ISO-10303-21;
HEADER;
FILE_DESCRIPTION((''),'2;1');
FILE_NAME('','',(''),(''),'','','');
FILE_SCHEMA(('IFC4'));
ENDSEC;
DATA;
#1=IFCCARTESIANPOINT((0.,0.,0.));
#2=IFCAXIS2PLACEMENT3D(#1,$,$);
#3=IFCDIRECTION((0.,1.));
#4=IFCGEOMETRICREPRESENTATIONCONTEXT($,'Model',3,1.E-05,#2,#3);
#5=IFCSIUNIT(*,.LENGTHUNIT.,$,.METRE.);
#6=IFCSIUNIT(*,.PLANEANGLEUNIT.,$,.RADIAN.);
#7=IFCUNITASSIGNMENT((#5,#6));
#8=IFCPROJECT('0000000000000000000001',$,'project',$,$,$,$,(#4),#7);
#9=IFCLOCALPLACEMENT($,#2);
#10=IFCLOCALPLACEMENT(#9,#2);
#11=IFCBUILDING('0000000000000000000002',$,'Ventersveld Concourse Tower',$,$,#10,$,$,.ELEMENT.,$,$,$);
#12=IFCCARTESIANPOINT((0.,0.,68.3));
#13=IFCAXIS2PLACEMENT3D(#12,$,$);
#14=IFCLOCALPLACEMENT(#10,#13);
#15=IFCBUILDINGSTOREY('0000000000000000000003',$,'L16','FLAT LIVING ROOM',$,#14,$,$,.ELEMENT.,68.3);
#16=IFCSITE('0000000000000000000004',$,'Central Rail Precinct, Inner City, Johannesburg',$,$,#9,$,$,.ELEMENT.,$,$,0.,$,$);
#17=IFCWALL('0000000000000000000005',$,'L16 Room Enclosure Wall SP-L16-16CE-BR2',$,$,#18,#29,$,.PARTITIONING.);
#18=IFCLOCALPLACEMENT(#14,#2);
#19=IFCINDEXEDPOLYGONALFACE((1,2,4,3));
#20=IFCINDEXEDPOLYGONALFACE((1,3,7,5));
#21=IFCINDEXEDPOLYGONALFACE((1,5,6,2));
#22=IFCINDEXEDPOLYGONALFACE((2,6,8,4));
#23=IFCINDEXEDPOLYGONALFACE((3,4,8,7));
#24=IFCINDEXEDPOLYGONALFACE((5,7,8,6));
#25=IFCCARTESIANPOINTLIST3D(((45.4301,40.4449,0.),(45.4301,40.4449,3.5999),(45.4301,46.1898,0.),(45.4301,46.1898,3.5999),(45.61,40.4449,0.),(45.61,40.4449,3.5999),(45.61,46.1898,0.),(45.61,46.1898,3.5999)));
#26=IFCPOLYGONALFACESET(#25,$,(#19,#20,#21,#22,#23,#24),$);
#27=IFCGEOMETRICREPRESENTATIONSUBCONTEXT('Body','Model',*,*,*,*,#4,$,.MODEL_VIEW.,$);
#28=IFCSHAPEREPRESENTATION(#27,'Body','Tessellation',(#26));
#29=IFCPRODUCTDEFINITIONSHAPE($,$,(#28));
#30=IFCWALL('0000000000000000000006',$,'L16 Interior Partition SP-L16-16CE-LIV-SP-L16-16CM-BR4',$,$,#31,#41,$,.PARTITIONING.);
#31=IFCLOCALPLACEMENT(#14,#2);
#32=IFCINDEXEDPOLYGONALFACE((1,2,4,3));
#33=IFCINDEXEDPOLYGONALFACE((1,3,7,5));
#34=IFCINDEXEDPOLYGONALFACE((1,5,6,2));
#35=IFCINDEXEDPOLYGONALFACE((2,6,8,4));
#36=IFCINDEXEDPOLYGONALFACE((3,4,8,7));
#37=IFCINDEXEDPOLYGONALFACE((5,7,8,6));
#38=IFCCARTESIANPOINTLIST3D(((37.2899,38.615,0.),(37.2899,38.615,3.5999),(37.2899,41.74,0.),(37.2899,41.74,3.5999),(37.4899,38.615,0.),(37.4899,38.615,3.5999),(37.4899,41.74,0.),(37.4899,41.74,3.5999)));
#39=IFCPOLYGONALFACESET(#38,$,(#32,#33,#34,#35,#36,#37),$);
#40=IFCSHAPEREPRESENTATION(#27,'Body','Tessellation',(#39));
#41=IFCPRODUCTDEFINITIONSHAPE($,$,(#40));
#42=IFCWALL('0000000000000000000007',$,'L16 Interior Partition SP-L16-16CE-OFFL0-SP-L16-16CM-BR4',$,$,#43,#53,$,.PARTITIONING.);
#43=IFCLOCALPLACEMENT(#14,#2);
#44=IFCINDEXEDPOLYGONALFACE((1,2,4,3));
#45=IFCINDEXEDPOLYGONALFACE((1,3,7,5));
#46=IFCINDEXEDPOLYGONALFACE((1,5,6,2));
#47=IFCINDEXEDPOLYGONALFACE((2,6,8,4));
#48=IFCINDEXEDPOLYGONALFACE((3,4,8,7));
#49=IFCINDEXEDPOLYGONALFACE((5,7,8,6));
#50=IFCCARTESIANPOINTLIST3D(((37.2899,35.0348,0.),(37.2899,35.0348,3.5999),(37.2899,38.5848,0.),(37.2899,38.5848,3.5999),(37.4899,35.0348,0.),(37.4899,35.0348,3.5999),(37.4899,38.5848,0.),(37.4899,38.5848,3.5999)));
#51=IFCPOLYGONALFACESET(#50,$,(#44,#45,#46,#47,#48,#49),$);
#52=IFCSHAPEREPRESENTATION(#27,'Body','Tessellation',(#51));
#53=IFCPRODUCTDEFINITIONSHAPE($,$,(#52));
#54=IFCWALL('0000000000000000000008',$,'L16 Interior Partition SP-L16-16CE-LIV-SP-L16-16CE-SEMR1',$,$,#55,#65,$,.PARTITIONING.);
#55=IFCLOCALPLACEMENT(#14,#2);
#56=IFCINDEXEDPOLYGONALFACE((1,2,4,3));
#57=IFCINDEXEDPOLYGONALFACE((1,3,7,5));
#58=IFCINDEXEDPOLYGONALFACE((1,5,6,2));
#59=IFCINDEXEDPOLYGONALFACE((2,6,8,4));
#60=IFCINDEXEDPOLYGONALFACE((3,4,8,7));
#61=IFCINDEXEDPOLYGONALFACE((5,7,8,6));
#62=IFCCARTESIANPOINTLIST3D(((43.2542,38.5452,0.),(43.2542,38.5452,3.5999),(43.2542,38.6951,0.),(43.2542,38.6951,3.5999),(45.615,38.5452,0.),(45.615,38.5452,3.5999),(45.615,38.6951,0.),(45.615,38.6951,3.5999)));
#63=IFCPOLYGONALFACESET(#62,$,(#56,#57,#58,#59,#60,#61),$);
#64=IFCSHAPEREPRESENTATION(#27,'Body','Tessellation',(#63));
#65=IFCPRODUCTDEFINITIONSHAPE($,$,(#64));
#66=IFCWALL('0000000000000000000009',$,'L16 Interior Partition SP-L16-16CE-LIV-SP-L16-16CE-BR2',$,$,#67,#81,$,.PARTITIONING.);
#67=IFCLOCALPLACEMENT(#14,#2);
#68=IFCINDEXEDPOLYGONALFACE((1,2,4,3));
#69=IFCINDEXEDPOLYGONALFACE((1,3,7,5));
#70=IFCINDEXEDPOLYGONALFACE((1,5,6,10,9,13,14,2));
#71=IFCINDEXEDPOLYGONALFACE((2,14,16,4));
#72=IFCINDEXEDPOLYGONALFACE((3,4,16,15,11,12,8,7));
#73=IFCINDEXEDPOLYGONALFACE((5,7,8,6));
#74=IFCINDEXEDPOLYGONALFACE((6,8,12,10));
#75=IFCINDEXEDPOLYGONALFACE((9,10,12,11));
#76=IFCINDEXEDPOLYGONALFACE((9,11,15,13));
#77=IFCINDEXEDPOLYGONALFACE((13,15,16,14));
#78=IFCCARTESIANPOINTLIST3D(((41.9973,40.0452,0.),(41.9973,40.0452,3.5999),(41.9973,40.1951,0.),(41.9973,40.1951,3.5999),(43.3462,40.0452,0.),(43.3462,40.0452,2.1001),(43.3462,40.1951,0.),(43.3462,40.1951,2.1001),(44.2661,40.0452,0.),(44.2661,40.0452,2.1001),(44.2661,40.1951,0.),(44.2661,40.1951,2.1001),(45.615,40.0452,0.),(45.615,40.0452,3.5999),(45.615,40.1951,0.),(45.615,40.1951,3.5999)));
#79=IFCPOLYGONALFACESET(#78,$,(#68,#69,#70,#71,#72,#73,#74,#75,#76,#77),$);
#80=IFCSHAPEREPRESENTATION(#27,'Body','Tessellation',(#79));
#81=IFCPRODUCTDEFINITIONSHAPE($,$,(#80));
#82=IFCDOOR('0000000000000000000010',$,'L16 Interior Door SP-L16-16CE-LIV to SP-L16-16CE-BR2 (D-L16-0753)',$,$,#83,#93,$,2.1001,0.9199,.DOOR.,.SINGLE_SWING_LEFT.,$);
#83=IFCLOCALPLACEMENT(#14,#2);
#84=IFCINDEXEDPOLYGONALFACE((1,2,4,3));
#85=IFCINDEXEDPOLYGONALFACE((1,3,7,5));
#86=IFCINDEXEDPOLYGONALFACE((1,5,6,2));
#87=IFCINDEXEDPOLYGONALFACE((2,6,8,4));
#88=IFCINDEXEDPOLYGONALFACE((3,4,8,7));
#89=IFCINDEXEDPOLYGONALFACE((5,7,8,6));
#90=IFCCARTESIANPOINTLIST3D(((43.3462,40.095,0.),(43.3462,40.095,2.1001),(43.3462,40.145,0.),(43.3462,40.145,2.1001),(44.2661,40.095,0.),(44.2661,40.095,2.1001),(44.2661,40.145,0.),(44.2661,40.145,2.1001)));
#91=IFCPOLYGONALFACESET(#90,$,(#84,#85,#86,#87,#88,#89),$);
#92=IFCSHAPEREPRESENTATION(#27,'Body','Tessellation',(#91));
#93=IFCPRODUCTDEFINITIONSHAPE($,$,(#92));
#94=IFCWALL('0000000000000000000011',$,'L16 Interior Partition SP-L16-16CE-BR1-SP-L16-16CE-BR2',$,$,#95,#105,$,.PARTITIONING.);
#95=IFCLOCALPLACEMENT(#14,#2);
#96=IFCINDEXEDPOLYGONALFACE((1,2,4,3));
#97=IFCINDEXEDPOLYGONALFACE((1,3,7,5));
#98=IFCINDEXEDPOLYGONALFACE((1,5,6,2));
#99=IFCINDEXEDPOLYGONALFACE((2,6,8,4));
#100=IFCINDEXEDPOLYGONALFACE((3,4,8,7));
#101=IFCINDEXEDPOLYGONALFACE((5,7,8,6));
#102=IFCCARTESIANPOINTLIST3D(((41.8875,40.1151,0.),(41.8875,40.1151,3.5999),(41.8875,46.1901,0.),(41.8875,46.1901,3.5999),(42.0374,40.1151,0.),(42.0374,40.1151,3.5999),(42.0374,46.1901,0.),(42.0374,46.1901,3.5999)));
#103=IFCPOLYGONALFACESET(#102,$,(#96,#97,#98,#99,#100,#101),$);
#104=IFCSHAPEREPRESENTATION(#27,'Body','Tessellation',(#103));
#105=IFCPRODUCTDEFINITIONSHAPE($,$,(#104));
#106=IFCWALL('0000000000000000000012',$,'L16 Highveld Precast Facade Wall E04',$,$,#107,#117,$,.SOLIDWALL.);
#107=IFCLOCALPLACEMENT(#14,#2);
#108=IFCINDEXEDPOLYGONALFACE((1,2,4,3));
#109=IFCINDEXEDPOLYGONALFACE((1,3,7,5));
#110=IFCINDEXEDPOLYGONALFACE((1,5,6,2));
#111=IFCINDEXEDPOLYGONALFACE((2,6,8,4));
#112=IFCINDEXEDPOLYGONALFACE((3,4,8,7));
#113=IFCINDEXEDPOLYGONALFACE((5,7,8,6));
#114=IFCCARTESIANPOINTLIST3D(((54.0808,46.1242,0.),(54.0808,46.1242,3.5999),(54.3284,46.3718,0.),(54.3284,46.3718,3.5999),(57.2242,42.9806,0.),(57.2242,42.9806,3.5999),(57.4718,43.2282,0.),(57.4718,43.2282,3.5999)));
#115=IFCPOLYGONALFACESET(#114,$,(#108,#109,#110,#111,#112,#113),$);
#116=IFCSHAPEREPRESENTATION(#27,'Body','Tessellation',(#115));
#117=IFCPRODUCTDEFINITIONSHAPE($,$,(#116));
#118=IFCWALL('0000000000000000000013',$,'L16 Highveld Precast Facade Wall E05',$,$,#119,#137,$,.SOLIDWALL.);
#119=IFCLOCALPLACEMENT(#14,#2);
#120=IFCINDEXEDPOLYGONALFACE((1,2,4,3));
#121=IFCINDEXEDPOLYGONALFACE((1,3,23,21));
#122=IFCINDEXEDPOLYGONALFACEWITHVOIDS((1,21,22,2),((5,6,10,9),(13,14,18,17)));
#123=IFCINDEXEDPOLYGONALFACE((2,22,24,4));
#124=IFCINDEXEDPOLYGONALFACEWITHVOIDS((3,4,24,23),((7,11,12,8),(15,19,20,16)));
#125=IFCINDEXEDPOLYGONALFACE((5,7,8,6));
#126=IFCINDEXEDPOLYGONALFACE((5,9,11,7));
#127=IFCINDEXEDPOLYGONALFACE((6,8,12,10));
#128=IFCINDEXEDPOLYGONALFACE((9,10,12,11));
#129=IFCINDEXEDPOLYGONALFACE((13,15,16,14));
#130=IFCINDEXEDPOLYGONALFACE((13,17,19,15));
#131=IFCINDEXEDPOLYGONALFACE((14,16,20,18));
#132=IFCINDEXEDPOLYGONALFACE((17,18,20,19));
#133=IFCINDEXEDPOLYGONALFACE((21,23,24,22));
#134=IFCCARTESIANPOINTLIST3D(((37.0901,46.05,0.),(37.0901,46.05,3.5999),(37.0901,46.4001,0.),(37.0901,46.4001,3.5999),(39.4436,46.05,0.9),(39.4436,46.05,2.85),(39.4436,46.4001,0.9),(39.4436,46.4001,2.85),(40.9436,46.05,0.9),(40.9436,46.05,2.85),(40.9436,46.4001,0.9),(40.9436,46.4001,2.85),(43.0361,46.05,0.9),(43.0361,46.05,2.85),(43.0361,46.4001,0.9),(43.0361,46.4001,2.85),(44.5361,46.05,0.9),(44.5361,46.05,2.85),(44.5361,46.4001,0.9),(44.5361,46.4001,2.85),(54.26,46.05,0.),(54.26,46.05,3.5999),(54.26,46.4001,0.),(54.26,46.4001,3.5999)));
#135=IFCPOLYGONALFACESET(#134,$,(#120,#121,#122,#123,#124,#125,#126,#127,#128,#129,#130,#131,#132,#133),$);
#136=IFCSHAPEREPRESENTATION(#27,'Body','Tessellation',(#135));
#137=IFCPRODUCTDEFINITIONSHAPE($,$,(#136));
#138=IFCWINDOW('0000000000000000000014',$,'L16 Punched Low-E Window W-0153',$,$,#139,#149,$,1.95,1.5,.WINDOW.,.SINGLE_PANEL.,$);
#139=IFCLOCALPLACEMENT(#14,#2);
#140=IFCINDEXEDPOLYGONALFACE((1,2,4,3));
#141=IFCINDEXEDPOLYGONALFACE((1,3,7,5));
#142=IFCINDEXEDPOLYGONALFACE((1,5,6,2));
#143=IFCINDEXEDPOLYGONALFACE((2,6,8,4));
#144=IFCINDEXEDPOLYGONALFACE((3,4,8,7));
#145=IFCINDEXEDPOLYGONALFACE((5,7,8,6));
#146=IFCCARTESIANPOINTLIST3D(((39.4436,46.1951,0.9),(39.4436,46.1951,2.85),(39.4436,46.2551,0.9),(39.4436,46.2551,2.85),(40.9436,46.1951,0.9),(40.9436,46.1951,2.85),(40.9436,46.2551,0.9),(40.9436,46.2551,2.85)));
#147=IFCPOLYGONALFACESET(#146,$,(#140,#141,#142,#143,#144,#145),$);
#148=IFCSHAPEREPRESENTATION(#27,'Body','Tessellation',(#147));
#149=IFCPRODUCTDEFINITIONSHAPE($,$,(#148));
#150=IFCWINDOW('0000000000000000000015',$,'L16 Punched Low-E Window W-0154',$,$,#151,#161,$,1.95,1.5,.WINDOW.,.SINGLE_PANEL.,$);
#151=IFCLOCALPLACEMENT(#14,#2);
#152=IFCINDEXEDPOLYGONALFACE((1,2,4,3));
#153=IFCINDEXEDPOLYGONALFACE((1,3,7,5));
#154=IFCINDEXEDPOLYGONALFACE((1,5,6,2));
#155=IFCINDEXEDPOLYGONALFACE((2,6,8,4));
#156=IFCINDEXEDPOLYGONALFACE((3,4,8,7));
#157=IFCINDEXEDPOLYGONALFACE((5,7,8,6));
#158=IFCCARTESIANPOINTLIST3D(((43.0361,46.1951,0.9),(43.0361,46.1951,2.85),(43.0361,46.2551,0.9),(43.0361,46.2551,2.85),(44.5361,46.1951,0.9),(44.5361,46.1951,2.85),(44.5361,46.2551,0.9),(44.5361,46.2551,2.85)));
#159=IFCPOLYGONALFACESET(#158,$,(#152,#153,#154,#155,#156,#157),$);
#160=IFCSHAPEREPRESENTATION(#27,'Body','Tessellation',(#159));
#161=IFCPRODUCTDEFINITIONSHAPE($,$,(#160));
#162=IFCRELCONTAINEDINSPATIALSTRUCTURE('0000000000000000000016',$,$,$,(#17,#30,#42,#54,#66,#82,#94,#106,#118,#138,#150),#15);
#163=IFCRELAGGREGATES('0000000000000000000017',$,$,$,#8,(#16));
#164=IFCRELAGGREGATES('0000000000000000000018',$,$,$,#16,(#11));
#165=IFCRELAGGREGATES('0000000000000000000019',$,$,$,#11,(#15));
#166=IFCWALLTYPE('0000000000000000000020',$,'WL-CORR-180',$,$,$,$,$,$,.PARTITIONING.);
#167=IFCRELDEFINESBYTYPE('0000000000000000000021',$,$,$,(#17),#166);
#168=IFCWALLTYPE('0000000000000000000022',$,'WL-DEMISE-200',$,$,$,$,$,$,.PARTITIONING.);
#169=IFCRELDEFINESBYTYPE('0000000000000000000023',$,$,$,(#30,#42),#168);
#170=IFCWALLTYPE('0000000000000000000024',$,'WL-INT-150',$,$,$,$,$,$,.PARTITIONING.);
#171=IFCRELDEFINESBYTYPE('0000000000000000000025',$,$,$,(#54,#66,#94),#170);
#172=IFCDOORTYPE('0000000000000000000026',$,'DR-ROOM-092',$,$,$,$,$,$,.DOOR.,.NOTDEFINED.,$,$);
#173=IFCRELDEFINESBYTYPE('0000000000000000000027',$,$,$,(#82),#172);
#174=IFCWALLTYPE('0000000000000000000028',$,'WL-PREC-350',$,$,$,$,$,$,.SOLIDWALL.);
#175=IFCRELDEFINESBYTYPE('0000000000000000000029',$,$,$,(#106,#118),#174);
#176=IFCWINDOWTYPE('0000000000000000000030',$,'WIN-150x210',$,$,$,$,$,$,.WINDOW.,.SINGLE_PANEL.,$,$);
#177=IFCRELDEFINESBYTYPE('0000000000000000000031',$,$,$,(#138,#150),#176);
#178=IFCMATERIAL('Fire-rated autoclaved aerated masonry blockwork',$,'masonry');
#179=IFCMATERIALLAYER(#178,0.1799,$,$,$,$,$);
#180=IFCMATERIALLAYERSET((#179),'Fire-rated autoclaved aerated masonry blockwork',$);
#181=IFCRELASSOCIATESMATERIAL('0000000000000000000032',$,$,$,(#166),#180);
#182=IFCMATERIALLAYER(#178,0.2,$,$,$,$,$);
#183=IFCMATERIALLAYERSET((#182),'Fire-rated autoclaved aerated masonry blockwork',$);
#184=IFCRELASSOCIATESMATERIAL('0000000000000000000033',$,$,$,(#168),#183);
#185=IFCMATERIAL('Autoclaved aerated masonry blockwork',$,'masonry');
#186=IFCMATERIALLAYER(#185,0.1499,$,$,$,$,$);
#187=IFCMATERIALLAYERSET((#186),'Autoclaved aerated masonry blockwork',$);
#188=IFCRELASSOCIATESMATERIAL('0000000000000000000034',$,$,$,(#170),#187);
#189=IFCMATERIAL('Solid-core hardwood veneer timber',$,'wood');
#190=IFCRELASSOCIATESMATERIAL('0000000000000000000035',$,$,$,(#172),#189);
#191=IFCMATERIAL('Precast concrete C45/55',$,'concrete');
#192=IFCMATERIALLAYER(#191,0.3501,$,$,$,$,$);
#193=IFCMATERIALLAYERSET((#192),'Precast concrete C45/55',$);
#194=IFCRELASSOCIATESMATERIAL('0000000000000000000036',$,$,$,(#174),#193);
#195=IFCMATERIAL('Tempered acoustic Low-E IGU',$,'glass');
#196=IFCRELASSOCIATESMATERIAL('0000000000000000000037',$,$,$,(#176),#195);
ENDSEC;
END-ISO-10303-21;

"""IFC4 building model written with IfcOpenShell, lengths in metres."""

from ifc_helpers import new_model, si_unit, direction, frame, frame_2d, origin, place, context, subcontext, project, spatial, rectangle, extrude, material, layer, layer_set, type_object, element, fill, save


model = new_model("IFC4")

# Units and contexts
model_context = context("Model", 3, precision=1e-05, world=origin(), true_north=direction((0.0, 1.0)))
body_context = subcontext(model_context, "Body", "Model", "MODEL_VIEW")
ifc_project = project(units=[si_unit("LENGTHUNIT", "METRE"), si_unit("PLANEANGLEUNIT", "RADIAN")], contexts=[model_context])

# Site, building, storey
site_placement = place(None, origin())
site = spatial("IfcSite", under=ifc_project, at=site_placement, Name="Central Rail Precinct, Inner City, Johannesburg", CompositionType="ELEMENT", RefElevation=0.0)
building_placement = place(site_placement, origin())
building = spatial("IfcBuilding", under=site, at=building_placement, Name="Ventersveld Concourse Tower", CompositionType="ELEMENT")
storey_placement = place(building_placement, frame((0.0, 0.0, 68.3)))
storey = spatial("IfcBuildingStorey", under=building, at=storey_placement, Name="L16", Description="FLAT LIVING ROOM", CompositionType="ELEMENT", Elevation=68.3)

# Shared definitions
ifc_material_1 = material(Name="Precast concrete C45/55", Category="concrete")

# Walls
ifc_material_2 = material(Name="Fire-rated autoclaved aerated masonry blockwork", Category="masonry")
ifc_layer_1 = layer(ifc_material_2, 0.1799)
ifc_layer_set_1 = layer_set([ifc_layer_1], Name="Fire-rated autoclaved aerated masonry blockwork")
wall_type_1 = type_object("IfcWallType", Name="WL-CORR-180", PredefinedType="PARTITIONING", material=ifc_layer_set_1)
wall_1_placement = place(storey_placement, frame((45.52, 46.1899, 0.0), z_axis=(0.0, 0.0, 1.0), x_axis=(0.0, -1.0, 0.0)))
element("IfcWall", 1, at=wall_1_placement, inside=storey, type_object=wall_type_1, Name="L16 Room Enclosure Wall SP-L16-16CE-BR2", PredefinedType="PARTITIONING", context=body_context, shape_type="SweptSolid", body=[
    extrude(rectangle(XDim=5.7449, YDim=0.1799, at=frame_2d((2.8726, 0.0))), origin(), (0.0, 0.0, 1.0), 3.5999),
])
ifc_layer_2 = layer(ifc_material_2, 0.2)
ifc_layer_set_2 = layer_set([ifc_layer_2], Name="Fire-rated autoclaved aerated masonry blockwork")
wall_type_2 = type_object("IfcWallType", Name="WL-DEMISE-200", PredefinedType="PARTITIONING", material=ifc_layer_set_2)
wall_2_placement = place(storey_placement, frame((37.3899, 38.615, 0.0), z_axis=(0.0, 0.0, 1.0), x_axis=(0.0, 1.0, 0.0)))
element("IfcWall", 2, at=wall_2_placement, inside=storey, type_object=wall_type_2, Name="L16 Interior Partition SP-L16-16CE-LIV-SP-L16-16CM-BR4", PredefinedType="PARTITIONING", context=body_context, shape_type="SweptSolid", body=[
    extrude(rectangle(XDim=3.125, YDim=0.2, at=frame_2d((1.5625, 0.0))), origin(), (0.0, 0.0, 1.0), 3.5999),
])
wall_3_placement = place(storey_placement, frame((37.3899, 35.0349, 0.0), z_axis=(0.0, 0.0, 1.0), x_axis=(0.0, 1.0, 0.0)))
element("IfcWall", 3, at=wall_3_placement, inside=storey, type_object=wall_type_2, Name="L16 Interior Partition SP-L16-16CE-OFFL0-SP-L16-16CM-BR4", PredefinedType="PARTITIONING", context=body_context, shape_type="SweptSolid", body=[
    extrude(rectangle(XDim=3.55, YDim=0.2, at=frame_2d((1.7749, 0.0))), origin(), (0.0, 0.0, 1.0), 3.5999),
])
ifc_material_3 = material(Name="Autoclaved aerated masonry blockwork", Category="masonry")
ifc_layer_3 = layer(ifc_material_3, 0.1499)
ifc_layer_set_3 = layer_set([ifc_layer_3], Name="Autoclaved aerated masonry blockwork")
wall_type_3 = type_object("IfcWallType", Name="WL-INT-150", PredefinedType="PARTITIONING", material=ifc_layer_set_3)
wall_4_placement = place(storey_placement, frame((43.2542, 38.6201, 0.0), z_axis=(0.0, 0.0, 1.0), x_axis=(1.0, 0.0, 0.0)))
element("IfcWall", 4, at=wall_4_placement, inside=storey, type_object=wall_type_3, Name="L16 Interior Partition SP-L16-16CE-LIV-SP-L16-16CE-SEMR1", PredefinedType="PARTITIONING", context=body_context, shape_type="SweptSolid", body=[
    extrude(rectangle(XDim=2.3608, YDim=0.1499, at=frame_2d((1.1804, 0.0))), origin(), (0.0, 0.0, 1.0), 3.5999),
])

# Wall, opening, door
wall_5_placement = place(storey_placement, frame((41.9973, 40.1201, 0.0), z_axis=(0.0, 0.0, 1.0), x_axis=(1.0, 0.0, 0.0)))
wall_5 = element("IfcWall", 5, at=wall_5_placement, inside=storey, type_object=wall_type_3, Name="L16 Interior Partition SP-L16-16CE-LIV-SP-L16-16CE-BR2", PredefinedType="PARTITIONING", context=body_context, shape_type="SweptSolid", body=[
    extrude(rectangle(XDim=3.6177, YDim=0.1499, at=frame_2d((1.8088, 0.0))), origin(), (0.0, 0.0, 1.0), 3.5999),
])
opening_1_placement = place(wall_5_placement, frame((1.3489, 0.0, 0.0)))
opening_1 = element("IfcOpeningElement", 6, at=opening_1_placement, cuts=wall_5, PredefinedType="OPENING", context=body_context, shape_type="SweptSolid", body=[
    extrude(rectangle(XDim=0.9199, YDim=2.1001, at=frame_2d((0.46, 1.05))), frame((0.0, 0.085, 0.0), z_axis=(0.0, -1.0, 0.0), x_axis=(1.0, 0.0, 0.0)), (0.0, 0.0, 1.0), 0.1699),
])
ifc_material_4 = material(Name="Solid-core hardwood veneer timber", Category="wood")
door_type_1 = type_object("IfcDoorType", Name="DR-ROOM-092", OperationType="NOTDEFINED", PredefinedType="DOOR", material=ifc_material_4)
door_1_placement = place(opening_1_placement, origin())
door_1 = element("IfcDoor", 7, at=door_1_placement, inside=storey, type_object=door_type_1, Name="L16 Interior Door SP-L16-16CE-LIV to SP-L16-16CE-BR2 (D-L16-0753)", OperationType="SINGLE_SWING_LEFT", OverallHeight=2.1001, OverallWidth=0.9199, PredefinedType="DOOR", context=body_context, shape_type="SweptSolid", body=[
    extrude(rectangle(XDim=0.9199, YDim=2.1001, at=frame_2d((0.46, 1.05))), frame((0.0, 0.0249, 0.0), z_axis=(0.0, -1.0, 0.0), x_axis=(1.0, 0.0, 0.0)), (0.0, 0.0, 1.0), 0.05),
])
fill(opening_1, door_1)

# Walls
wall_6_placement = place(storey_placement, frame((41.9624, 40.115, 0.0), z_axis=(0.0, 0.0, 1.0), x_axis=(0.0, 1.0, 0.0)))
element("IfcWall", 8, at=wall_6_placement, inside=storey, type_object=wall_type_3, Name="L16 Interior Partition SP-L16-16CE-BR1-SP-L16-16CE-BR2", PredefinedType="PARTITIONING", context=body_context, shape_type="SweptSolid", body=[
    extrude(rectangle(XDim=6.075, YDim=0.1499, at=frame_2d((3.0376, 0.0))), origin(), (0.0, 0.0, 1.0), 3.5999),
])
ifc_layer_4 = layer(ifc_material_1, 0.3501)
ifc_layer_set_4 = layer_set([ifc_layer_4], Name="Precast concrete C45/55")
wall_type_4 = type_object("IfcWallType", Name="WL-PREC-350", PredefinedType="SOLIDWALL", material=ifc_layer_set_4)
wall_7_placement = place(storey_placement, frame((57.3479, 43.1045, 0.0), z_axis=(0.0, 0.0, 1.0), x_axis=(-0.707079, 0.707134, 0.0)))
element("IfcWall", 9, at=wall_7_placement, inside=storey, type_object=wall_type_4, Name="L16 Highveld Precast Facade Wall E04", PredefinedType="SOLIDWALL", context=body_context, shape_type="SweptSolid", body=[
    extrude(rectangle(XDim=4.4456, YDim=0.3501, at=frame_2d((2.2227, 0.0))), origin(), (0.0, 0.0, 1.0), 3.5999),
])

# Wall, openings, windows
wall_8_placement = place(storey_placement, frame((54.26, 46.2251, 0.0), z_axis=(0.0, 0.0, 1.0), x_axis=(-1.0, 0.0, 0.0)))
wall_8 = element("IfcWall", 10, at=wall_8_placement, inside=storey, type_object=wall_type_4, Name="L16 Highveld Precast Facade Wall E05", PredefinedType="SOLIDWALL", context=body_context, shape_type="SweptSolid", body=[
    extrude(rectangle(XDim=17.1699, YDim=0.3501, at=frame_2d((8.585, 0.0))), origin(), (0.0, 0.0, 1.0), 3.5999),
])
opening_2_placement = place(wall_8_placement, frame((13.3164, 0.0, 0.8999)))
opening_2 = element("IfcOpeningElement", 11, at=opening_2_placement, cuts=wall_8, PredefinedType="OPENING", context=body_context, shape_type="SweptSolid", body=[
    extrude(rectangle(XDim=1.5, YDim=1.95, at=frame_2d((0.75, 0.9751))), frame((0.0, 0.1851, 0.0), z_axis=(0.0, -1.0, 0.0), x_axis=(1.0, 0.0, 0.0)), (0.0, 0.0, 1.0), 0.3701),
])
opening_3_placement = place(wall_8_placement, frame((9.7239, 0.0, 0.8999)))
opening_3 = element("IfcOpeningElement", 12, at=opening_3_placement, cuts=wall_8, PredefinedType="OPENING", context=body_context, shape_type="SweptSolid", body=[
    extrude(rectangle(XDim=1.5, YDim=1.95, at=frame_2d((0.75, 0.9751))), frame((0.0, 0.1851, 0.0), z_axis=(0.0, -1.0, 0.0), x_axis=(1.0, 0.0, 0.0)), (0.0, 0.0, 1.0), 0.3701),
])
ifc_material_5 = material(Name="Tempered acoustic Low-E IGU", Category="glass")
window_type_1 = type_object("IfcWindowType", Name="WIN-150x210", PartitioningType="SINGLE_PANEL", PredefinedType="WINDOW", material=ifc_material_5)
window_1_placement = place(opening_2_placement, origin())
window_1 = element("IfcWindow", 13, at=window_1_placement, inside=storey, type_object=window_type_1, Name="L16 Punched Low-E Window W-0153", OverallHeight=1.95, OverallWidth=1.5, PartitioningType="SINGLE_PANEL", PredefinedType="WINDOW", context=body_context, shape_type="SweptSolid", body=[
    extrude(rectangle(XDim=1.5, YDim=1.95, at=frame_2d((0.75, 0.9751))), frame((0.0, 0.03, 0.0), z_axis=(0.0, -1.0, 0.0), x_axis=(1.0, 0.0, 0.0)), (0.0, 0.0, 1.0), 0.0601),
])
fill(opening_2, window_1)
window_2_placement = place(opening_3_placement, origin())
window_2 = element("IfcWindow", 14, at=window_2_placement, inside=storey, type_object=window_type_1, Name="L16 Punched Low-E Window W-0154", OverallHeight=1.95, OverallWidth=1.5, PartitioningType="SINGLE_PANEL", PredefinedType="WINDOW", context=body_context, shape_type="SweptSolid", body=[
    extrude(rectangle(XDim=1.5, YDim=1.95, at=frame_2d((0.75, 0.9751))), frame((0.0, 0.03, 0.0), z_axis=(0.0, -1.0, 0.0), x_axis=(1.0, 0.0, 0.0)), (0.0, 0.0, 1.0), 0.0601),
])
fill(opening_3, window_2)

save(model, "model.ifc")
